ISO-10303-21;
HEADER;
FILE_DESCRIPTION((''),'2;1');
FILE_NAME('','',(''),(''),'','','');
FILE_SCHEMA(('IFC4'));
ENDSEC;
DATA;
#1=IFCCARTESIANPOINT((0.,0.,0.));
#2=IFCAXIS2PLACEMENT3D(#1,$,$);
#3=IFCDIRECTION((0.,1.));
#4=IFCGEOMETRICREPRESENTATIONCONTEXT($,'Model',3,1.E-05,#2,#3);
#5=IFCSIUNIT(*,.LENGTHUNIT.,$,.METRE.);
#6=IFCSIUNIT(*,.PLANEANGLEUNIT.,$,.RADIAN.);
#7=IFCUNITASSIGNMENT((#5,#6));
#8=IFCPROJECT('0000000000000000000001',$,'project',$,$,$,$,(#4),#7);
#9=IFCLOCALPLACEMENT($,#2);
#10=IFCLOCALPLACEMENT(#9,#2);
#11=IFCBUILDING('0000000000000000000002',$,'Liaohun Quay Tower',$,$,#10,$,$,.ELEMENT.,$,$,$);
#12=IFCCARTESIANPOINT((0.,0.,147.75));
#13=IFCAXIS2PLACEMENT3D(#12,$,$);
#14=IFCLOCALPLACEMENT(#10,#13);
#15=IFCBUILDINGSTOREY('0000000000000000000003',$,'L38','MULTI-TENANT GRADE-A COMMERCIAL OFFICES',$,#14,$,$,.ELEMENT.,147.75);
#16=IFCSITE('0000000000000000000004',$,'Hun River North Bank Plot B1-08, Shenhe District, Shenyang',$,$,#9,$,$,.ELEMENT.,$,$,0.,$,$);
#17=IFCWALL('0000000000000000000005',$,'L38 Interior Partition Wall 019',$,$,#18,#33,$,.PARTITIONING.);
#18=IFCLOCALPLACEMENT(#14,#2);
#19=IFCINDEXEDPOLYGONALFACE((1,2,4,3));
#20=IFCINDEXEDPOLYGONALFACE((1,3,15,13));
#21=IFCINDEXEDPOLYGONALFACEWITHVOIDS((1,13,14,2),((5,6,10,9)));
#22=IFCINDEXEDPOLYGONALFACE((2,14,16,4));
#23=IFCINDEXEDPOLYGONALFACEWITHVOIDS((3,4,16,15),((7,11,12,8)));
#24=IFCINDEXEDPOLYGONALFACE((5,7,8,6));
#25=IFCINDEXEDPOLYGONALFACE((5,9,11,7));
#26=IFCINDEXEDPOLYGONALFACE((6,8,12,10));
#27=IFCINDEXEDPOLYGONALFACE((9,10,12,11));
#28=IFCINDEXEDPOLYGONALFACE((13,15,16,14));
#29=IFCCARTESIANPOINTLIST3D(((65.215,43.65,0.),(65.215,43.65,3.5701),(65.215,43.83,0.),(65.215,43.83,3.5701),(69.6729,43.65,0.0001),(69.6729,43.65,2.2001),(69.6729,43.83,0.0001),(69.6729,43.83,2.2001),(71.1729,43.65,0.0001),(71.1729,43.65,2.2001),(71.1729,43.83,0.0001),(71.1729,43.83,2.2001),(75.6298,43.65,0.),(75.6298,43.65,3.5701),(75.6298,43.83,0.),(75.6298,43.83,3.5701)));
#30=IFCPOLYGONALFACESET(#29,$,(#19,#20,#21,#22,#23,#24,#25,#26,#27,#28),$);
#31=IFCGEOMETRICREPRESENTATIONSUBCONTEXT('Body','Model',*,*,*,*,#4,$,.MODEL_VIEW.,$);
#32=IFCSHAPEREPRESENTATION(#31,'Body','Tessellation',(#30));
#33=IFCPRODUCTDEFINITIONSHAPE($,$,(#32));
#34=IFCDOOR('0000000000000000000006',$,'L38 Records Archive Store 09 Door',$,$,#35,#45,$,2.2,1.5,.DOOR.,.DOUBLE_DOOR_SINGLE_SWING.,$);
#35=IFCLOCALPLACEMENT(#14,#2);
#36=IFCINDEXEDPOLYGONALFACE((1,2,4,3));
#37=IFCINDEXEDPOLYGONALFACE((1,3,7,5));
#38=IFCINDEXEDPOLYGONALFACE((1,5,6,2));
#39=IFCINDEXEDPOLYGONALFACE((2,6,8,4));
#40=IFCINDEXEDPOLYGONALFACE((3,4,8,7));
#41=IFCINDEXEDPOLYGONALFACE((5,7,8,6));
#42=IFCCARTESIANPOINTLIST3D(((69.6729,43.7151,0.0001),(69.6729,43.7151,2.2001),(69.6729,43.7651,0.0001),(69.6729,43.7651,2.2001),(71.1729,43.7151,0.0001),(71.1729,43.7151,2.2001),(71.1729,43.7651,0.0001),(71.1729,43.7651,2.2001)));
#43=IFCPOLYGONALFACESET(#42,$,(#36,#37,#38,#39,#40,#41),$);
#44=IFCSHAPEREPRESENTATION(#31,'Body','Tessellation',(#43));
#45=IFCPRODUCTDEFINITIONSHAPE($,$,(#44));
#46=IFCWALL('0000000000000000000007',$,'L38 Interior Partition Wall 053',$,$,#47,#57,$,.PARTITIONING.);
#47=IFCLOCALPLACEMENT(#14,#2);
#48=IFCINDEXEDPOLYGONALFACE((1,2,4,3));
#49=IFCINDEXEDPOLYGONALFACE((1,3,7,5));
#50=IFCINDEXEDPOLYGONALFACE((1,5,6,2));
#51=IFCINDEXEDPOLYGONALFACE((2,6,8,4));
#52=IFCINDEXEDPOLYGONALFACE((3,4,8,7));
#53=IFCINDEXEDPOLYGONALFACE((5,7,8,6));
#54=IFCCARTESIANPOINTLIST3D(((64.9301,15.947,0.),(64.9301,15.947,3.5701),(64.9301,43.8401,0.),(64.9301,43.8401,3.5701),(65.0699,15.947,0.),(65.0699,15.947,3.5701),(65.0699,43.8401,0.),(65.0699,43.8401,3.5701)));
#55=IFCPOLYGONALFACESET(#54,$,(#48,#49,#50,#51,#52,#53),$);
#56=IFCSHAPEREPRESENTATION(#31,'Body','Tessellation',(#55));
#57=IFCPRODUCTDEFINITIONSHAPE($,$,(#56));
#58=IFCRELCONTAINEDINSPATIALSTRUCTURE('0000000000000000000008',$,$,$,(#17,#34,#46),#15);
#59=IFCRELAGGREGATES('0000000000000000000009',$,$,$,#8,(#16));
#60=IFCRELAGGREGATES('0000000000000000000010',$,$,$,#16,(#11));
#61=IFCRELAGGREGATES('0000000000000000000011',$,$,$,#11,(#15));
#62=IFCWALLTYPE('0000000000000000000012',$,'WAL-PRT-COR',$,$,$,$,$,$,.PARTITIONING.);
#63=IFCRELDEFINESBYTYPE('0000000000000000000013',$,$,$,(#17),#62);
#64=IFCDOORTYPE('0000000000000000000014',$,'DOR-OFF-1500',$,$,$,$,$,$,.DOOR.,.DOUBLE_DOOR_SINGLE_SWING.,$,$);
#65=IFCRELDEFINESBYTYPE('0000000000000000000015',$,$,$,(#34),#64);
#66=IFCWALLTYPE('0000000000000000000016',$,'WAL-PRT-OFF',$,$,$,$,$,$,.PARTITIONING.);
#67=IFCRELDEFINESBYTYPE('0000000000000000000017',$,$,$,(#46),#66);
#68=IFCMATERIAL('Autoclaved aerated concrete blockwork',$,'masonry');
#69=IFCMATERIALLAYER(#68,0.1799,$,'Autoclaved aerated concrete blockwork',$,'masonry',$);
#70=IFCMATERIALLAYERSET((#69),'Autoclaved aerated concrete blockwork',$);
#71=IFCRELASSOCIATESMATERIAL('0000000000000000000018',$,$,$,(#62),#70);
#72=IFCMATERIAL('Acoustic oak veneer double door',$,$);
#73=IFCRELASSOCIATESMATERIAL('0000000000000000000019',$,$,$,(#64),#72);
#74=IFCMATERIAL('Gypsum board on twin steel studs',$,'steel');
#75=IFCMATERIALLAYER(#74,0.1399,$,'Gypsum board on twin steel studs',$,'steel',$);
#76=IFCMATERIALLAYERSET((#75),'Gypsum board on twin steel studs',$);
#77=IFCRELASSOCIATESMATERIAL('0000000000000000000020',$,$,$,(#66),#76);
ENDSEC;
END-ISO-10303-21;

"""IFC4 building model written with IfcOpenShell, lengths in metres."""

from ifc_helpers import new_model, si_unit, direction, frame, frame_2d, origin, place, context, subcontext, project, spatial, rectangle, extrude, source, transform, mapped, material, layer, layer_set, type_object, element, fill, save


model = new_model("IFC4")

# Units and contexts
model_context = context("Model", 3, precision=1e-05, world=origin(), true_north=direction((0.0, 1.0)))
body_context = subcontext(model_context, "Body", "Model", "MODEL_VIEW")
ifc_project = project(units=[si_unit("LENGTHUNIT", "METRE"), si_unit("PLANEANGLEUNIT", "RADIAN")], contexts=[model_context])

# Site, building, storey
site_placement = place(None, origin())
site = spatial("IfcSite", under=ifc_project, at=site_placement, Name="Hun River North Bank Plot B1-08, Shenhe District, Shenyang", CompositionType="ELEMENT", RefElevation=0.0)
building_placement = place(site_placement, origin())
building = spatial("IfcBuilding", under=site, at=building_placement, Name="Liaohun Quay Tower", CompositionType="ELEMENT")
storey_placement = place(building_placement, frame((0.0, 0.0, 147.75)))
storey = spatial("IfcBuildingStorey", under=building, at=storey_placement, Name="L38", Description="MULTI-TENANT GRADE-A COMMERCIAL OFFICES", CompositionType="ELEMENT", Elevation=147.75)

# Wall, opening, door
ifc_material_1 = material(Name="Autoclaved aerated concrete blockwork", Category="masonry")
ifc_layer_1 = layer(ifc_material_1, 0.1799, Name="Autoclaved aerated concrete blockwork", Category="masonry")
ifc_layer_set_1 = layer_set([ifc_layer_1], Name="Autoclaved aerated concrete blockwork")
wall_type_1 = type_object("IfcWallType", Name="WAL-PRT-COR", PredefinedType="PARTITIONING", material=ifc_layer_set_1)
shared_shape_1 = source(origin(), body_context, "Body", "SweptSolid", [
    extrude(rectangle(XDim=1.5, YDim=2.2, at=frame_2d((0.75, 1.1001))), frame((0.0, 0.0999, 0.0), z_axis=(0.0, -1.0, 0.0), x_axis=(1.0, 0.0, 0.0)), (0.0, 0.0, 1.0), 0.2),
])
ifc_material_2 = material(Name="Acoustic oak veneer double door")
door_type = type_object("IfcDoorType", Name="DOR-OFF-1500", OperationType="DOUBLE_DOOR_SINGLE_SWING", PredefinedType="DOOR", material=ifc_material_2)
shared_shape_2 = source(origin(), body_context, "Body", "SweptSolid", [
    extrude(rectangle(XDim=1.5, YDim=2.2, at=frame_2d((0.75, 1.1001))), frame((0.0, 0.0249, 0.0), z_axis=(0.0, -1.0, 0.0), x_axis=(1.0, 0.0, 0.0)), (0.0, 0.0, 1.0), 0.05),
])
wall_1_placement = place(storey_placement, frame((75.6299, 43.74, 0.0), z_axis=(0.0, 0.0, 1.0), x_axis=(-1.0, 0.0, 0.0)))
wall_1 = element("IfcWall", 1, at=wall_1_placement, inside=storey, type_object=wall_type_1, Name="L38 Interior Partition Wall 019", PredefinedType="PARTITIONING", context=body_context, shape_type="SweptSolid", body=[
    extrude(rectangle(XDim=10.4148, YDim=0.1799, at=frame_2d((5.2075, 0.0))), origin(), (0.0, 0.0, 1.0), 3.5701),
])
opening_1_placement = place(wall_1_placement, frame((4.457, 0.0, 0.0)))
opening_1 = element("IfcOpeningElement", 2, at=opening_1_placement, cuts=wall_1, PredefinedType="OPENING", context=body_context, shape_type="MappedRepresentation", body=[
    mapped(shared_shape_1, transform((0.0, 0.0, 0.0), x_axis=(1.0, 0.0, 0.0), y_axis=(0.0, 1.0, 0.0), z_axis=(0.0, 0.0, 1.0), scale=1.0)),
])
door_1_placement = place(opening_1_placement, origin())
door_1 = element("IfcDoor", 3, at=door_1_placement, inside=storey, type_object=door_type, Name="L38 Records Archive Store 09 Door", OperationType="DOUBLE_DOOR_SINGLE_SWING", OverallHeight=2.2, OverallWidth=1.5, PredefinedType="DOOR", context=body_context, shape_type="MappedRepresentation", body=[
    mapped(shared_shape_2, transform((0.0, 0.0, 0.0), x_axis=(1.0, 0.0, 0.0), y_axis=(0.0, 1.0, 0.0), z_axis=(0.0, 0.0, 1.0), scale=1.0)),
])
fill(opening_1, door_1)

# Wall
ifc_material_3 = material(Name="Gypsum board on twin steel studs", Category="steel")
ifc_layer_2 = layer(ifc_material_3, 0.1399, Name="Gypsum board on twin steel studs", Category="steel")
ifc_layer_set_2 = layer_set([ifc_layer_2], Name="Gypsum board on twin steel studs")
wall_type_2 = type_object("IfcWallType", Name="WAL-PRT-OFF", PredefinedType="PARTITIONING", material=ifc_layer_set_2)
wall_2_placement = place(storey_placement, frame((65.0, 43.8401, 0.0), z_axis=(0.0, 0.0, 1.0), x_axis=(0.0, -1.0, 0.0)))
element("IfcWall", 4, at=wall_2_placement, inside=storey, type_object=wall_type_2, Name="L38 Interior Partition Wall 053", PredefinedType="PARTITIONING", context=body_context, shape_type="SweptSolid", body=[
    extrude(rectangle(XDim=27.8931, YDim=0.1399, at=frame_2d((13.9465, 0.0))), origin(), (0.0, 0.0, 1.0), 3.5701),
])

save(model, "model.ifc")
